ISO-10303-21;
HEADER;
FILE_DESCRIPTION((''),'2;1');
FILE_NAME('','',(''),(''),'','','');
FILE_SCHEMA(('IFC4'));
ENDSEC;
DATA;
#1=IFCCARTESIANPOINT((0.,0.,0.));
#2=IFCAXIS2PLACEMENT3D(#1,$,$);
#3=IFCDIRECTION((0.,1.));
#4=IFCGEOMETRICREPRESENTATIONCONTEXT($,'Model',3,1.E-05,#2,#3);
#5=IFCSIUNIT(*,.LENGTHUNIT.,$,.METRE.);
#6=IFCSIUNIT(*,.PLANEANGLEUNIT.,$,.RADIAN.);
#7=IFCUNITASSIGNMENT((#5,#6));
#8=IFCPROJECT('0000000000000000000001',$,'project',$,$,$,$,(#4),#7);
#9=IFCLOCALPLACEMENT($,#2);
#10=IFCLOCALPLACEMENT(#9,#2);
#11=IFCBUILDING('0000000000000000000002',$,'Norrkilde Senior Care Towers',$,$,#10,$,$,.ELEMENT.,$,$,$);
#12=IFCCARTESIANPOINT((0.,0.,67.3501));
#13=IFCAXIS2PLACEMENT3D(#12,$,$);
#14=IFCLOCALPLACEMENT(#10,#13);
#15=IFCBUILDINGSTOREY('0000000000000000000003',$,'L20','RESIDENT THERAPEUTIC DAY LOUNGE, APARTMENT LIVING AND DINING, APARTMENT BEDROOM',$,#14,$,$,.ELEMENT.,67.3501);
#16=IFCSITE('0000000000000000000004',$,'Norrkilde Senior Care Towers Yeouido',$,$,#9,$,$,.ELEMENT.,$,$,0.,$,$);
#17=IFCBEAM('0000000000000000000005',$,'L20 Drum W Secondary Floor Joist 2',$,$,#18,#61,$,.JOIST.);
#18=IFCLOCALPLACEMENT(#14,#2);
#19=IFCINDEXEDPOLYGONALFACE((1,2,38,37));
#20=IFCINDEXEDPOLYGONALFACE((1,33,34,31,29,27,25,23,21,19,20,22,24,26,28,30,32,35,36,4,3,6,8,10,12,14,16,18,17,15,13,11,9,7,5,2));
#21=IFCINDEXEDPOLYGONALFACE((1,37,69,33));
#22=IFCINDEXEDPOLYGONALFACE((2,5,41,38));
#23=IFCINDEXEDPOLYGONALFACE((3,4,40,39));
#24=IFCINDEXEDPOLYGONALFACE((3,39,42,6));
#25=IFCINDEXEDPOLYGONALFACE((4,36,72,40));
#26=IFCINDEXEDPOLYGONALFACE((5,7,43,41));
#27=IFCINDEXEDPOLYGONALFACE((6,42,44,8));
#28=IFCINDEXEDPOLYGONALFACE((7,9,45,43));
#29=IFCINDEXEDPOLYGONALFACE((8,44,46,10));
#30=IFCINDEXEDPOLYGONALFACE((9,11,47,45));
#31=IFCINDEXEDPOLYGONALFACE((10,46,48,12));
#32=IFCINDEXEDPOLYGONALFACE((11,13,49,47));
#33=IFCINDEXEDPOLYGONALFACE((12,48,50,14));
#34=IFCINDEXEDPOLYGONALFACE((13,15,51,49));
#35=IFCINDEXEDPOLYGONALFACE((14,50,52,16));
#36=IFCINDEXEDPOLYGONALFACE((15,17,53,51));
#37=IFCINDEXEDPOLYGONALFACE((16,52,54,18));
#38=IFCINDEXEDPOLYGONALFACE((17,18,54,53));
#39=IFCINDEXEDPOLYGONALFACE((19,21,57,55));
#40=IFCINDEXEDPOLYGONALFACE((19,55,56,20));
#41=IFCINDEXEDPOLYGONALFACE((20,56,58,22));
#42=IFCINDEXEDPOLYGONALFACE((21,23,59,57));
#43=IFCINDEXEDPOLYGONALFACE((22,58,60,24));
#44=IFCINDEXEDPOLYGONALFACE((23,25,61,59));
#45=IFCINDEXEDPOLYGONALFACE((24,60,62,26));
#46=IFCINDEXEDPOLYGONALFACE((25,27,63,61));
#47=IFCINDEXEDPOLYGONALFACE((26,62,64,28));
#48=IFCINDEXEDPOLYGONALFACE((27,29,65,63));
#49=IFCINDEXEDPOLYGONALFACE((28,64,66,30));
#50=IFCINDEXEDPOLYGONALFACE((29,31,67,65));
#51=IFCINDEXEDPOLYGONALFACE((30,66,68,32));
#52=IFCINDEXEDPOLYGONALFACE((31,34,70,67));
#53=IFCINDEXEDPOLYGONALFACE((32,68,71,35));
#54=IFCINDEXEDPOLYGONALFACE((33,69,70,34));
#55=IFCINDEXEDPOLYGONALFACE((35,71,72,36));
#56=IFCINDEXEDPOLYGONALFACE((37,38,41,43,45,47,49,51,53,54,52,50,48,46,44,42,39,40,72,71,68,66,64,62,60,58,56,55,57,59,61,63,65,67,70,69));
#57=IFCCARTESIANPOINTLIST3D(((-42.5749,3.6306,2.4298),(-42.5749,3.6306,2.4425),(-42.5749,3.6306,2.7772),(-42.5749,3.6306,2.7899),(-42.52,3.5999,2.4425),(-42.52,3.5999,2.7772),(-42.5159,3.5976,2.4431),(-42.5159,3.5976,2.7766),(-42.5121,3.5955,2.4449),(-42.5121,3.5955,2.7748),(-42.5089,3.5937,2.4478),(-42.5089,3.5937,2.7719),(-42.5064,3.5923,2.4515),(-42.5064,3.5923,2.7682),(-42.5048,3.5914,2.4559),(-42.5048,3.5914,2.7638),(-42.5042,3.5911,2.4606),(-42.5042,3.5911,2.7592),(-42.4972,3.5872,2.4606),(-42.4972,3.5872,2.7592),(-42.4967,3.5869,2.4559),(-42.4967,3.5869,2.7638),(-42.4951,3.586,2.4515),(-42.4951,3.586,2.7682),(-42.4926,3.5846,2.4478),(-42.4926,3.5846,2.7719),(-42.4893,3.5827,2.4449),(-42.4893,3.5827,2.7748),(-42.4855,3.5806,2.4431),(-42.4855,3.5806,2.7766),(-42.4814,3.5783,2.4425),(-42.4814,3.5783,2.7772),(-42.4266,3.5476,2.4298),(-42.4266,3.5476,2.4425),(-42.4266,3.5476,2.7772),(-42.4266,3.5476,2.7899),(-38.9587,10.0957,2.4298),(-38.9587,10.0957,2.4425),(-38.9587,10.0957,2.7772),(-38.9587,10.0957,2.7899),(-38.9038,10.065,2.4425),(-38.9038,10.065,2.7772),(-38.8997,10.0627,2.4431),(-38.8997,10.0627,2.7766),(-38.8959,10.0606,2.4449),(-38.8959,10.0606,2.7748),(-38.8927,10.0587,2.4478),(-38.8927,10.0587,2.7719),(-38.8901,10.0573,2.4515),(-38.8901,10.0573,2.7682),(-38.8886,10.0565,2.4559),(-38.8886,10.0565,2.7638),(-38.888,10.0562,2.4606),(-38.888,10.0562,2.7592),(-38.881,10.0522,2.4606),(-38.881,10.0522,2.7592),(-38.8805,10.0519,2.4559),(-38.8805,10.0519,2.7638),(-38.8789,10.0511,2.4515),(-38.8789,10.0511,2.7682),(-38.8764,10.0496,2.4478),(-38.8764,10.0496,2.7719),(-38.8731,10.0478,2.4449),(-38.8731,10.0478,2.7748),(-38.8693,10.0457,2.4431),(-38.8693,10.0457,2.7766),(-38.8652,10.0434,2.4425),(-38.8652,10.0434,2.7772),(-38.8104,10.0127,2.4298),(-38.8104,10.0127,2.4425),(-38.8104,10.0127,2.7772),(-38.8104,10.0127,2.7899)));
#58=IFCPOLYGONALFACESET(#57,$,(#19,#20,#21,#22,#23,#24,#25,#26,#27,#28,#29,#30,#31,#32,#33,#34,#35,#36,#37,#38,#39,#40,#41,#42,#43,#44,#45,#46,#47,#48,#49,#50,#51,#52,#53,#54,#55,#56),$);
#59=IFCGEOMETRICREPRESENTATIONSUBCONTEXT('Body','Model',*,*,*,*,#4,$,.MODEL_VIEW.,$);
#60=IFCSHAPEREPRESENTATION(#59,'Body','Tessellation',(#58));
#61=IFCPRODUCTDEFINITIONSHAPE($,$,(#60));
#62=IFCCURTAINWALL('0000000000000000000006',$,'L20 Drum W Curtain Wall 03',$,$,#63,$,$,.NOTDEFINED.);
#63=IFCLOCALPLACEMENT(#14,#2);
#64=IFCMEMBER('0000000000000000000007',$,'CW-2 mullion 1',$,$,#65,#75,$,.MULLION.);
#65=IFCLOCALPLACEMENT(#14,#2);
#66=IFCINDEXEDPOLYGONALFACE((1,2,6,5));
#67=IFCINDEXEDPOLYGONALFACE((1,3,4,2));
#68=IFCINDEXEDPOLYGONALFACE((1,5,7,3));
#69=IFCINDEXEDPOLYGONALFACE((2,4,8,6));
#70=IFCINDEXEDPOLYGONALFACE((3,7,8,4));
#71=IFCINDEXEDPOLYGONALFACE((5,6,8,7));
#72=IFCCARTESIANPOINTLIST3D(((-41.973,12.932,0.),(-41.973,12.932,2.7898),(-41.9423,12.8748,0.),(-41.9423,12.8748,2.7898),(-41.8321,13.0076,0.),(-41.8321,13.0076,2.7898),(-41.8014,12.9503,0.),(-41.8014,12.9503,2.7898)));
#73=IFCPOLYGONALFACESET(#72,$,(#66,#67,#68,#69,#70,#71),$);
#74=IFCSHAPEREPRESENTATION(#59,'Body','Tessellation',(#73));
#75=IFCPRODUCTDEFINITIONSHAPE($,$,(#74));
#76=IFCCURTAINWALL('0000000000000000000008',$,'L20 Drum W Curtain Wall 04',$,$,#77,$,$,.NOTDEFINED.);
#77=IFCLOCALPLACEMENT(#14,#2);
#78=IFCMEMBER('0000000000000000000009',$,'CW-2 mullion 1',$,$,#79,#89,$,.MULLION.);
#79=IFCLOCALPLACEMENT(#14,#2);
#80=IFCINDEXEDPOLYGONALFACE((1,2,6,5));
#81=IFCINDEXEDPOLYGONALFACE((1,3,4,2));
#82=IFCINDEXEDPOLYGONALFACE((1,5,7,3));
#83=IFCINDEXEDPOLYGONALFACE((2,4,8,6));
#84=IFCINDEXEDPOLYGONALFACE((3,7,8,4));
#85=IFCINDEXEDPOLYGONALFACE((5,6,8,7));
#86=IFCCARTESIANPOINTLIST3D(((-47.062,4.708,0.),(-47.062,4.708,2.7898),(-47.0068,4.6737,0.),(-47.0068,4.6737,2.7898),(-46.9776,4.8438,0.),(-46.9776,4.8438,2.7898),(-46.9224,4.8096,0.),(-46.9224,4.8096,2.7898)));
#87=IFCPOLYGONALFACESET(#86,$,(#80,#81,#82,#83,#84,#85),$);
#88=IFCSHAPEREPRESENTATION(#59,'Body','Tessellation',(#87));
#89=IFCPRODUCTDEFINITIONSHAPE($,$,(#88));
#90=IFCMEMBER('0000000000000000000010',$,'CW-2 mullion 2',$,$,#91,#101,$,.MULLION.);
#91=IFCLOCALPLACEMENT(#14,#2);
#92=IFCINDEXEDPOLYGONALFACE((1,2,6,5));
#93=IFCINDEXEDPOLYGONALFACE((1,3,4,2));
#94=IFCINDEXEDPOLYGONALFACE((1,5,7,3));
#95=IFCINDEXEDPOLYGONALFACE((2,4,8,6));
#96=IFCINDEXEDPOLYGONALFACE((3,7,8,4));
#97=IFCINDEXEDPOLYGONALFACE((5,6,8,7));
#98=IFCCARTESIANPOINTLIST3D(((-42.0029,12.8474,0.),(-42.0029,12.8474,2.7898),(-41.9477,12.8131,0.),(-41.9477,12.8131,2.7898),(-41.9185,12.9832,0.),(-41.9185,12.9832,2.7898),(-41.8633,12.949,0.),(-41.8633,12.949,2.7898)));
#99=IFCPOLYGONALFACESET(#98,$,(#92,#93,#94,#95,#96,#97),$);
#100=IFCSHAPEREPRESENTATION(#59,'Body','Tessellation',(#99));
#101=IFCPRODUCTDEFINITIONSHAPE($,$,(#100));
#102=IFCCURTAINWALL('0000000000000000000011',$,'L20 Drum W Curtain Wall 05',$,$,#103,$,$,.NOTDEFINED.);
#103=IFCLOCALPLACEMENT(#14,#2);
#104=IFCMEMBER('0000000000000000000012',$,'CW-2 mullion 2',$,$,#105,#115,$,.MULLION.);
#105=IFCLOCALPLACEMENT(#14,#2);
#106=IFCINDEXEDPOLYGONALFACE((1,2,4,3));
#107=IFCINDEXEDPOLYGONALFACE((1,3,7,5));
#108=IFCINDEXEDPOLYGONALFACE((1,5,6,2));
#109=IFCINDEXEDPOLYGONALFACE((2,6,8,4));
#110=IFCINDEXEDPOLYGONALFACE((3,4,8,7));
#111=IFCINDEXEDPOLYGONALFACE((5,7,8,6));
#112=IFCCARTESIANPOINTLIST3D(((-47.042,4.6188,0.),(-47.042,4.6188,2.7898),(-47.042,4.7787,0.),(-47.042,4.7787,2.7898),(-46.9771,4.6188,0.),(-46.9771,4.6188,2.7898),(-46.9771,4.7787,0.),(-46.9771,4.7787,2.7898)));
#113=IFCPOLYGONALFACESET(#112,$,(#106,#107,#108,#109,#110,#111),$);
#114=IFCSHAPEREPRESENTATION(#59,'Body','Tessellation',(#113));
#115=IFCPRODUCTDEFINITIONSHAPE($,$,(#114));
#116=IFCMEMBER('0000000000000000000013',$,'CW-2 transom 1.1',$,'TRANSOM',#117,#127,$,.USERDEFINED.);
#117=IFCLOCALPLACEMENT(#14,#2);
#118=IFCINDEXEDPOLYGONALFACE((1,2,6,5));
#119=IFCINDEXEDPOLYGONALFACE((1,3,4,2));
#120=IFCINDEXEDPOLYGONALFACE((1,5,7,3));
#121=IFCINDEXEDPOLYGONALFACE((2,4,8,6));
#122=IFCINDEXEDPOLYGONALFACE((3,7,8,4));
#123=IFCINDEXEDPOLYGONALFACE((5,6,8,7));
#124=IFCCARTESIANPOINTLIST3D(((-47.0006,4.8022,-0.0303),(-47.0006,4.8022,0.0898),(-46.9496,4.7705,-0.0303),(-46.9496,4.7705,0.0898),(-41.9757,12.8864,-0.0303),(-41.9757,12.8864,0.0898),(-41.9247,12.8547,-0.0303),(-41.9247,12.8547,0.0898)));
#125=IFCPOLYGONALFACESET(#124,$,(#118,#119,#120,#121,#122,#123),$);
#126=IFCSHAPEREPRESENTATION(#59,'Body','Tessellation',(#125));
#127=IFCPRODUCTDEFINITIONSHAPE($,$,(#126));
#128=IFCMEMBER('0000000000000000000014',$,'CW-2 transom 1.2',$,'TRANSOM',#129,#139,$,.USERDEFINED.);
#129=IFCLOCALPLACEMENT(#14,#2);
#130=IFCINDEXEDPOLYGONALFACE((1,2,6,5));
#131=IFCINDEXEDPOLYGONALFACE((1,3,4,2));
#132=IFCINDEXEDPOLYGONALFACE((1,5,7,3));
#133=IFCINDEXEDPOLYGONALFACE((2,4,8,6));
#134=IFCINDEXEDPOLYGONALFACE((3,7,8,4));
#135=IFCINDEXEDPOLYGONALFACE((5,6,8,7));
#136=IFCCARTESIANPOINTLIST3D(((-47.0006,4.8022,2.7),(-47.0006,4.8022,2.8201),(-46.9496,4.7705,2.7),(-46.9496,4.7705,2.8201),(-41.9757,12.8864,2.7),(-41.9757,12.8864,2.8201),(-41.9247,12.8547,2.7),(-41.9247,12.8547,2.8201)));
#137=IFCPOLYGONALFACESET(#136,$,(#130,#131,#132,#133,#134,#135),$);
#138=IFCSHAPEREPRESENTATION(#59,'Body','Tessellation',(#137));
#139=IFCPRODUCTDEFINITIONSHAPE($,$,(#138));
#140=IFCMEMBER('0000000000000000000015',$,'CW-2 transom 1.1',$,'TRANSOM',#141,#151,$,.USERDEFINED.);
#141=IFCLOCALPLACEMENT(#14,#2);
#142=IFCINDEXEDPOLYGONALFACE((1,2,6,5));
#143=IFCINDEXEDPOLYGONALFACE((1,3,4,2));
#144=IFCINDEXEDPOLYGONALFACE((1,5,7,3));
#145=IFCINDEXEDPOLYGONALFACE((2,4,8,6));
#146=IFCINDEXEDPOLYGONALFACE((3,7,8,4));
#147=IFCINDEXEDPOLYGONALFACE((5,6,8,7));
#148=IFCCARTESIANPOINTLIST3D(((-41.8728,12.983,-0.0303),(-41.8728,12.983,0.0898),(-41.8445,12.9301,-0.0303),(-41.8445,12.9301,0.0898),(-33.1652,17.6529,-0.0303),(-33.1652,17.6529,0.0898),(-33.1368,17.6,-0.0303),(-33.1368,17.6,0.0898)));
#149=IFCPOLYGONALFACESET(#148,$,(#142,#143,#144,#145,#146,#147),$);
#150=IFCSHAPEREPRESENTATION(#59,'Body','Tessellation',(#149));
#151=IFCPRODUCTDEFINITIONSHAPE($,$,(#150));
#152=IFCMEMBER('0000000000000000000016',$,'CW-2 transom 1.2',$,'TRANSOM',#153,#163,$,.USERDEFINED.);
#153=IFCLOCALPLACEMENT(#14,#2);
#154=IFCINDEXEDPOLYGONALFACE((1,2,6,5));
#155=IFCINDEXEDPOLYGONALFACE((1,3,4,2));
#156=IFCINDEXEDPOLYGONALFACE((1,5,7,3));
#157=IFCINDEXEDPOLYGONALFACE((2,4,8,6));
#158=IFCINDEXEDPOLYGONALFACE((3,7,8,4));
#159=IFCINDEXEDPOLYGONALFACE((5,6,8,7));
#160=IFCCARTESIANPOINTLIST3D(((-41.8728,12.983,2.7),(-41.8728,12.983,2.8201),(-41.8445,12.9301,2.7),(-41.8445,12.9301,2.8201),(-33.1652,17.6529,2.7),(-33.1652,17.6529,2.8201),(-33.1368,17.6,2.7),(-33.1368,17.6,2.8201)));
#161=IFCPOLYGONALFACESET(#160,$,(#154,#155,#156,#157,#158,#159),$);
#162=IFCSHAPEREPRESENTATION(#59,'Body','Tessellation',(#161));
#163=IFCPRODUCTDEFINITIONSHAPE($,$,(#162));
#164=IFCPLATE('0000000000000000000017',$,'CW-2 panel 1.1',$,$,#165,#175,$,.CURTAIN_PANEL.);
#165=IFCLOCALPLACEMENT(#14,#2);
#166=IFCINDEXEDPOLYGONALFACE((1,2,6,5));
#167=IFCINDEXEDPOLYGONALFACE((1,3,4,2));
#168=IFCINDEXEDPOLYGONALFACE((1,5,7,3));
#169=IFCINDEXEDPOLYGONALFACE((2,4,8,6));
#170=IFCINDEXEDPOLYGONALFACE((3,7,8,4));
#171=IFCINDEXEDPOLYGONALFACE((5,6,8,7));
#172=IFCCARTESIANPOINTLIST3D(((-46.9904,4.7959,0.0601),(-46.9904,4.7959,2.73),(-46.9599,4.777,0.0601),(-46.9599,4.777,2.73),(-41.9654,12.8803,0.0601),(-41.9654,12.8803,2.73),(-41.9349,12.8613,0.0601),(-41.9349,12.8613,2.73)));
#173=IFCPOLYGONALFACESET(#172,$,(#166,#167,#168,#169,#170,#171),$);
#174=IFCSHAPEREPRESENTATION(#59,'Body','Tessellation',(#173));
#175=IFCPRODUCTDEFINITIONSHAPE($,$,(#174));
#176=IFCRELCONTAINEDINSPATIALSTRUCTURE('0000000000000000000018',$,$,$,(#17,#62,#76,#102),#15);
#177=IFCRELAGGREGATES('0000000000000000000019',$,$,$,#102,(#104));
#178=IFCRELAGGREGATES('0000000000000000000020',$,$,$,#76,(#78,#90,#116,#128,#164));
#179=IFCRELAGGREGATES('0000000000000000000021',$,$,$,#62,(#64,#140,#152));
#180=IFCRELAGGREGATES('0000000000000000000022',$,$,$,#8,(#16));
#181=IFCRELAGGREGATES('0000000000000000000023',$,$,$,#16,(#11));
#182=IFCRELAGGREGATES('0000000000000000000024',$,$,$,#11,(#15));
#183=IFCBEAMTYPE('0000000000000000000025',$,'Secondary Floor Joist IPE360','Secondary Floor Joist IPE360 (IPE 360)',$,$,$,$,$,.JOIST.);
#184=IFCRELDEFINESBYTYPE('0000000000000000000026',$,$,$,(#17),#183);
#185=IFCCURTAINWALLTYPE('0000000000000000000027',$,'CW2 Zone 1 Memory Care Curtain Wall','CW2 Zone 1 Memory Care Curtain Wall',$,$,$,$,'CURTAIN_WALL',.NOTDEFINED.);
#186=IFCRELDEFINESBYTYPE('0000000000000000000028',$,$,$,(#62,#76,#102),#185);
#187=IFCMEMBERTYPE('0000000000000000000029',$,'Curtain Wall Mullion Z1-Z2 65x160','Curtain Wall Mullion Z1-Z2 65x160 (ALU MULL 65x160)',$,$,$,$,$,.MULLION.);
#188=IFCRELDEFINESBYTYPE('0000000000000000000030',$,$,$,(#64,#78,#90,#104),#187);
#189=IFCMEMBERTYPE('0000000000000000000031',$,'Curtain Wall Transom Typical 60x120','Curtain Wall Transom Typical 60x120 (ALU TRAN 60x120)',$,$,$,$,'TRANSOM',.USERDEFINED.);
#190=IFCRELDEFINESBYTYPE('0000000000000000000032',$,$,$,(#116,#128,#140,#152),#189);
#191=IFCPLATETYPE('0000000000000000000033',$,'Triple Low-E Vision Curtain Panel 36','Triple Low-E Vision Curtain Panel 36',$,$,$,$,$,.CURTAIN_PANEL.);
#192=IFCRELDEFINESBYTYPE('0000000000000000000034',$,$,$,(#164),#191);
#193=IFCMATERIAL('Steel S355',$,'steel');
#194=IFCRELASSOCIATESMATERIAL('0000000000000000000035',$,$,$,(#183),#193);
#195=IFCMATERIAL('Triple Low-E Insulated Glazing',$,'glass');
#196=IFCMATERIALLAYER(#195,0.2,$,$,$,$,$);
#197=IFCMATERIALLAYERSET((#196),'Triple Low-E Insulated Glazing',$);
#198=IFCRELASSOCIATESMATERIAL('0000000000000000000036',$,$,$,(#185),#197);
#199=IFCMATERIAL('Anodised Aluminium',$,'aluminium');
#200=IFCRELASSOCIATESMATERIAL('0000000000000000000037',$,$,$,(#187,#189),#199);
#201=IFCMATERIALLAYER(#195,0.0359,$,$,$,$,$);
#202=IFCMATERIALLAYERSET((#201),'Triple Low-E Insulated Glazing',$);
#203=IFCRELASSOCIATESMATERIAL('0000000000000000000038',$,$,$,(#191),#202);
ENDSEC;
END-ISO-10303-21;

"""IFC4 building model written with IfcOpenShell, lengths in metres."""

from ifc_helpers import new_model, si_unit, direction, frame, origin, origin_2d, place, context, subcontext, project, spatial, rectangle, i_section, extrude, source, transform, mapped, material, layer, layer_set, material_profile, profile_set, type_object, type_shapes, element, aggregate, save


model = new_model("IFC4")

# Units and contexts
model_context = context("Model", 3, precision=1e-05, world=origin(), true_north=direction((0.0, 1.0)))
body_context = subcontext(model_context, "Body", "Model", "MODEL_VIEW")
ifc_project = project(units=[si_unit("LENGTHUNIT", "METRE"), si_unit("PLANEANGLEUNIT", "RADIAN")], contexts=[model_context])

# Site, building, storey
site_placement = place(None, origin())
site = spatial("IfcSite", under=ifc_project, at=site_placement, Name="Norrkilde Senior Care Towers Yeouido", CompositionType="ELEMENT", RefElevation=0.0)
building_placement = place(site_placement, origin())
building = spatial("IfcBuilding", under=site, at=building_placement, Name="Norrkilde Senior Care Towers", CompositionType="ELEMENT")
storey_placement = place(building_placement, frame((0.0, 0.0, 67.3501)))
storey = spatial("IfcBuildingStorey", under=building, at=storey_placement, Name="L20", Description="RESIDENT THERAPEUTIC DAY LOUNGE, APARTMENT LIVING AND DINING, APARTMENT BEDROOM", CompositionType="ELEMENT", Elevation=67.3501)

# Beam
ifc_material_1 = material(Name="Steel S355", Category="steel")
ifc_material_profile_1 = material_profile(ifc_material_1, i_section(OverallWidth=0.1699, OverallDepth=0.3601, WebThickness=0.0081, FlangeThickness=0.0127, FilletRadius=0.0181, at=origin_2d()), Name="IPE 360")
ifc_profile_set_1 = profile_set([ifc_material_profile_1], Name="Steel S355")
beam_type_1 = type_object("IfcBeamType", Name="Secondary Floor Joist IPE360", Description="Secondary Floor Joist IPE360 (IPE 360)", PredefinedType="JOIST", material=ifc_profile_set_1)
shared_shape_1 = source(origin(), body_context, "Body", "SweptSolid", [
    extrude(i_section(OverallWidth=0.1699, OverallDepth=0.3601, WebThickness=0.0081, FlangeThickness=0.0127, FilletRadius=0.0181, at=origin_2d()), origin(), (0.0, 0.0, 1.0), 7.4077),
])
type_shapes(beam_type_1, [shared_shape_1])
beam_1_placement = place(storey_placement, frame((-38.8845, 10.0542, 2.6099), z_axis=(-0.488168, -0.87275, 0.0), x_axis=(0.87275, -0.488168, 0.0)))
element("IfcBeam", 1, at=beam_1_placement, inside=storey, type_object=beam_type_1, Name="L20 Drum W Secondary Floor Joist 2", PredefinedType="JOIST", context=body_context, shape_type="MappedRepresentation", body=[
    mapped(shared_shape_1, transform((0.0, 0.0, 0.0), x_axis=(1.0, 0.0, 0.0), y_axis=(0.0, 1.0, 0.0), z_axis=(0.0, 0.0, 1.0), scale=1.0)),
])

# Curtain wall, member
ifc_material_2 = material(Name="Triple Low-E Insulated Glazing", Category="glass")
ifc_layer_1 = layer(ifc_material_2, 0.2)
ifc_layer_set_1 = layer_set([ifc_layer_1], Name="Triple Low-E Insulated Glazing")
curtain_wall_type = type_object("IfcCurtainWallType", Name="CW2 Zone 1 Memory Care Curtain Wall", Description="CW2 Zone 1 Memory Care Curtain Wall", ElementType="CURTAIN_WALL", PredefinedType="NOTDEFINED", material=ifc_layer_set_1)
curtain_wall_1_placement = place(storey_placement, origin())
curtain_wall_1 = element("IfcCurtainWall", 2, at=curtain_wall_1_placement, inside=storey, type_object=curtain_wall_type, Name="L20 Drum W Curtain Wall 03", PredefinedType="NOTDEFINED")
ifc_material_3 = material(Name="Anodised Aluminium", Category="aluminium")
ifc_material_profile_2 = material_profile(ifc_material_3, rectangle(XDim=0.0649, YDim=0.1599, at=origin_2d()), Name="ALU MULL 65x160")
ifc_profile_set_2 = profile_set([ifc_material_profile_2], Name="Anodised Aluminium")
member_type_1 = type_object("IfcMemberType", Name="Curtain Wall Mullion Z1-Z2 65x160", Description="Curtain Wall Mullion Z1-Z2 65x160 (ALU MULL 65x160)", PredefinedType="MULLION", material=ifc_profile_set_2)
shared_shape_2 = source(origin(), body_context, "Body", "SweptSolid", [
    extrude(rectangle(XDim=0.0649, YDim=0.1599, at=origin_2d()), origin(), (0.0, 0.0, 1.0), 2.7898),
])
type_shapes(member_type_1, [shared_shape_2])
member_1_placement = place(storey_placement, frame((-41.8872, 12.9412, 0.0), z_axis=(0.0, 0.0, 1.0), x_axis=(-0.472608, 0.881273, 0.0)))
member_1 = element("IfcMember", 3, at=member_1_placement, type_object=member_type_1, Name="CW-2 mullion 1", PredefinedType="MULLION", context=body_context, shape_type="MappedRepresentation", body=[
    mapped(shared_shape_2, transform((0.0, 0.0, 0.0), x_axis=(1.0, 0.0, 0.0), y_axis=(0.0, 1.0, 0.0), z_axis=(0.0, 0.0, 1.0), scale=1.0)),
])

# Curtain wall, members
curtain_wall_2_placement = place(storey_placement, origin())
curtain_wall_2 = element("IfcCurtainWall", 4, at=curtain_wall_2_placement, inside=storey, type_object=curtain_wall_type, Name="L20 Drum W Curtain Wall 04", PredefinedType="NOTDEFINED")
member_2_placement = place(storey_placement, frame((-46.9922, 4.7588, 0.0), z_axis=(0.0, 0.0, 1.0), x_axis=(-0.849306, 0.527901, 0.0)))
member_2 = element("IfcMember", 5, at=member_2_placement, type_object=member_type_1, Name="CW-2 mullion 1", PredefinedType="MULLION", context=body_context, shape_type="MappedRepresentation", body=[
    mapped(shared_shape_2, transform((0.0, 0.0, 0.0), x_axis=(1.0, 0.0, 0.0), y_axis=(0.0, 1.0, 0.0), z_axis=(0.0, 0.0, 1.0), scale=1.0)),
])
member_3_placement = place(storey_placement, frame((-41.9331, 12.8982, 0.0), z_axis=(0.0, 0.0, 1.0), x_axis=(-0.849306, 0.527901, 0.0)))
member_3 = element("IfcMember", 6, at=member_3_placement, type_object=member_type_1, Name="CW-2 mullion 2", PredefinedType="MULLION", context=body_context, shape_type="MappedRepresentation", body=[
    mapped(shared_shape_2, transform((0.0, 0.0, 0.0), x_axis=(1.0, 0.0, 0.0), y_axis=(0.0, 1.0, 0.0), z_axis=(0.0, 0.0, 1.0), scale=1.0)),
])

# Curtain wall, member
curtain_wall_3_placement = place(storey_placement, origin())
curtain_wall_3 = element("IfcCurtainWall", 7, at=curtain_wall_3_placement, inside=storey, type_object=curtain_wall_type, Name="L20 Drum W Curtain Wall 05", PredefinedType="NOTDEFINED")
member_4_placement = place(storey_placement, frame((-47.0095, 4.6987, 0.0), z_axis=(0.0, 0.0, 1.0), x_axis=(-1.0, 0.0, 0.0)))
member_4 = element("IfcMember", 8, at=member_4_placement, type_object=member_type_1, Name="CW-2 mullion 2", PredefinedType="MULLION", context=body_context, shape_type="MappedRepresentation", body=[
    mapped(shared_shape_2, transform((0.0, 0.0, 0.0), x_axis=(1.0, 0.0, 0.0), y_axis=(0.0, 1.0, 0.0), z_axis=(0.0, 0.0, 1.0), scale=1.0)),
])
aggregate(curtain_wall_3, [member_4])

# Members
ifc_material_profile_3 = material_profile(ifc_material_3, rectangle(XDim=0.0601, YDim=0.1201, at=origin_2d()), Name="ALU TRAN 60x120")
ifc_profile_set_3 = profile_set([ifc_material_profile_3], Name="Anodised Aluminium")
member_type_2 = type_object("IfcMemberType", Name="Curtain Wall Transom Typical 60x120", Description="Curtain Wall Transom Typical 60x120 (ALU TRAN 60x120)", ElementType="TRANSOM", PredefinedType="USERDEFINED", material=ifc_profile_set_3)
shared_shape_3 = source(origin(), body_context, "Body", "SweptSolid", [
    extrude(rectangle(XDim=0.0601, YDim=0.1201, at=origin_2d()), origin(), (0.0, 0.0, 1.0), 9.5186),
])
member_5_placement = place(storey_placement, frame((-46.9751, 4.7864, 0.0298), z_axis=(0.527902, 0.849306, 0.0), x_axis=(-0.849306, 0.527902, 0.0)))
member_5 = element("IfcMember", 9, at=member_5_placement, type_object=member_type_2, Name="CW-2 transom 1.1", ObjectType="TRANSOM", PredefinedType="USERDEFINED", context=body_context, shape_type="MappedRepresentation", body=[
    mapped(shared_shape_3, transform((0.0, 0.0, 0.0), x_axis=(1.0, 0.0, 0.0), y_axis=(0.0, 1.0, 0.0), z_axis=(0.0, 0.0, 1.0), scale=1.0)),
])
member_6_placement = place(storey_placement, frame((-46.9751, 4.7864, 2.76), z_axis=(0.527902, 0.849306, 0.0), x_axis=(-0.849306, 0.527902, 0.0)))
member_6 = element("IfcMember", 10, at=member_6_placement, type_object=member_type_2, Name="CW-2 transom 1.2", ObjectType="TRANSOM", PredefinedType="USERDEFINED", context=body_context, shape_type="MappedRepresentation", body=[
    mapped(shared_shape_3, transform((0.0, 0.0, 0.0), x_axis=(1.0, 0.0, 0.0), y_axis=(0.0, 1.0, 0.0), z_axis=(0.0, 0.0, 1.0), scale=1.0)),
])
shared_shape_4 = source(origin(), body_context, "Body", "SweptSolid", [
    extrude(rectangle(XDim=0.0601, YDim=0.1201, at=origin_2d()), origin(), (0.0, 0.0, 1.0), 9.8809),
])
type_shapes(member_type_2, [shared_shape_3, shared_shape_4])
member_7_placement = place(storey_placement, frame((-41.8586, 12.9565, 0.0298), z_axis=(0.881267, 0.472618, 0.0), x_axis=(-0.472618, 0.881267, 0.0)))
member_7 = element("IfcMember", 11, at=member_7_placement, type_object=member_type_2, Name="CW-2 transom 1.1", ObjectType="TRANSOM", PredefinedType="USERDEFINED", context=body_context, shape_type="MappedRepresentation", body=[
    mapped(shared_shape_4, transform((0.0, 0.0, 0.0), x_axis=(1.0, 0.0, 0.0), y_axis=(0.0, 1.0, 0.0), z_axis=(0.0, 0.0, 1.0), scale=1.0)),
])
member_8_placement = place(storey_placement, frame((-41.8586, 12.9565, 2.76), z_axis=(0.881267, 0.472618, 0.0), x_axis=(-0.472618, 0.881267, 0.0)))
member_8 = element("IfcMember", 12, at=member_8_placement, type_object=member_type_2, Name="CW-2 transom 1.2", ObjectType="TRANSOM", PredefinedType="USERDEFINED", context=body_context, shape_type="MappedRepresentation", body=[
    mapped(shared_shape_4, transform((0.0, 0.0, 0.0), x_axis=(1.0, 0.0, 0.0), y_axis=(0.0, 1.0, 0.0), z_axis=(0.0, 0.0, 1.0), scale=1.0)),
])

# Plate
ifc_layer_2 = layer(ifc_material_2, 0.0359)
ifc_layer_set_2 = layer_set([ifc_layer_2], Name="Triple Low-E Insulated Glazing")
plate_type = type_object("IfcPlateType", Name="Triple Low-E Vision Curtain Panel 36", Description="Triple Low-E Vision Curtain Panel 36", PredefinedType="CURTAIN_PANEL", material=ifc_layer_set_2)
shared_shape_5 = source(origin(), body_context, "Body", "SweptSolid", [
    extrude(rectangle(XDim=9.5188, YDim=0.0359, at=origin_2d()), origin(), (0.0, 0.0, 1.0), 2.6699),
])
plate_1_placement = place(storey_placement, frame((-44.4626, 8.8286, 0.0601), z_axis=(0.0, 0.0, 1.0), x_axis=(0.527901, 0.849306, 0.0)))
plate_1 = element("IfcPlate", 13, at=plate_1_placement, type_object=plate_type, Name="CW-2 panel 1.1", PredefinedType="CURTAIN_PANEL", context=body_context, shape_type="MappedRepresentation", body=[
    mapped(shared_shape_5, transform((0.0, 0.0, 0.0), x_axis=(1.0, 0.0, 0.0), y_axis=(0.0, 1.0, 0.0), z_axis=(0.0, 0.0, 1.0), scale=1.0)),
])
aggregate(curtain_wall_2, [member_2, member_3, member_5, member_6, plate_1])
aggregate(curtain_wall_1, [member_1, member_7, member_8])

save(model, "model.ifc")
